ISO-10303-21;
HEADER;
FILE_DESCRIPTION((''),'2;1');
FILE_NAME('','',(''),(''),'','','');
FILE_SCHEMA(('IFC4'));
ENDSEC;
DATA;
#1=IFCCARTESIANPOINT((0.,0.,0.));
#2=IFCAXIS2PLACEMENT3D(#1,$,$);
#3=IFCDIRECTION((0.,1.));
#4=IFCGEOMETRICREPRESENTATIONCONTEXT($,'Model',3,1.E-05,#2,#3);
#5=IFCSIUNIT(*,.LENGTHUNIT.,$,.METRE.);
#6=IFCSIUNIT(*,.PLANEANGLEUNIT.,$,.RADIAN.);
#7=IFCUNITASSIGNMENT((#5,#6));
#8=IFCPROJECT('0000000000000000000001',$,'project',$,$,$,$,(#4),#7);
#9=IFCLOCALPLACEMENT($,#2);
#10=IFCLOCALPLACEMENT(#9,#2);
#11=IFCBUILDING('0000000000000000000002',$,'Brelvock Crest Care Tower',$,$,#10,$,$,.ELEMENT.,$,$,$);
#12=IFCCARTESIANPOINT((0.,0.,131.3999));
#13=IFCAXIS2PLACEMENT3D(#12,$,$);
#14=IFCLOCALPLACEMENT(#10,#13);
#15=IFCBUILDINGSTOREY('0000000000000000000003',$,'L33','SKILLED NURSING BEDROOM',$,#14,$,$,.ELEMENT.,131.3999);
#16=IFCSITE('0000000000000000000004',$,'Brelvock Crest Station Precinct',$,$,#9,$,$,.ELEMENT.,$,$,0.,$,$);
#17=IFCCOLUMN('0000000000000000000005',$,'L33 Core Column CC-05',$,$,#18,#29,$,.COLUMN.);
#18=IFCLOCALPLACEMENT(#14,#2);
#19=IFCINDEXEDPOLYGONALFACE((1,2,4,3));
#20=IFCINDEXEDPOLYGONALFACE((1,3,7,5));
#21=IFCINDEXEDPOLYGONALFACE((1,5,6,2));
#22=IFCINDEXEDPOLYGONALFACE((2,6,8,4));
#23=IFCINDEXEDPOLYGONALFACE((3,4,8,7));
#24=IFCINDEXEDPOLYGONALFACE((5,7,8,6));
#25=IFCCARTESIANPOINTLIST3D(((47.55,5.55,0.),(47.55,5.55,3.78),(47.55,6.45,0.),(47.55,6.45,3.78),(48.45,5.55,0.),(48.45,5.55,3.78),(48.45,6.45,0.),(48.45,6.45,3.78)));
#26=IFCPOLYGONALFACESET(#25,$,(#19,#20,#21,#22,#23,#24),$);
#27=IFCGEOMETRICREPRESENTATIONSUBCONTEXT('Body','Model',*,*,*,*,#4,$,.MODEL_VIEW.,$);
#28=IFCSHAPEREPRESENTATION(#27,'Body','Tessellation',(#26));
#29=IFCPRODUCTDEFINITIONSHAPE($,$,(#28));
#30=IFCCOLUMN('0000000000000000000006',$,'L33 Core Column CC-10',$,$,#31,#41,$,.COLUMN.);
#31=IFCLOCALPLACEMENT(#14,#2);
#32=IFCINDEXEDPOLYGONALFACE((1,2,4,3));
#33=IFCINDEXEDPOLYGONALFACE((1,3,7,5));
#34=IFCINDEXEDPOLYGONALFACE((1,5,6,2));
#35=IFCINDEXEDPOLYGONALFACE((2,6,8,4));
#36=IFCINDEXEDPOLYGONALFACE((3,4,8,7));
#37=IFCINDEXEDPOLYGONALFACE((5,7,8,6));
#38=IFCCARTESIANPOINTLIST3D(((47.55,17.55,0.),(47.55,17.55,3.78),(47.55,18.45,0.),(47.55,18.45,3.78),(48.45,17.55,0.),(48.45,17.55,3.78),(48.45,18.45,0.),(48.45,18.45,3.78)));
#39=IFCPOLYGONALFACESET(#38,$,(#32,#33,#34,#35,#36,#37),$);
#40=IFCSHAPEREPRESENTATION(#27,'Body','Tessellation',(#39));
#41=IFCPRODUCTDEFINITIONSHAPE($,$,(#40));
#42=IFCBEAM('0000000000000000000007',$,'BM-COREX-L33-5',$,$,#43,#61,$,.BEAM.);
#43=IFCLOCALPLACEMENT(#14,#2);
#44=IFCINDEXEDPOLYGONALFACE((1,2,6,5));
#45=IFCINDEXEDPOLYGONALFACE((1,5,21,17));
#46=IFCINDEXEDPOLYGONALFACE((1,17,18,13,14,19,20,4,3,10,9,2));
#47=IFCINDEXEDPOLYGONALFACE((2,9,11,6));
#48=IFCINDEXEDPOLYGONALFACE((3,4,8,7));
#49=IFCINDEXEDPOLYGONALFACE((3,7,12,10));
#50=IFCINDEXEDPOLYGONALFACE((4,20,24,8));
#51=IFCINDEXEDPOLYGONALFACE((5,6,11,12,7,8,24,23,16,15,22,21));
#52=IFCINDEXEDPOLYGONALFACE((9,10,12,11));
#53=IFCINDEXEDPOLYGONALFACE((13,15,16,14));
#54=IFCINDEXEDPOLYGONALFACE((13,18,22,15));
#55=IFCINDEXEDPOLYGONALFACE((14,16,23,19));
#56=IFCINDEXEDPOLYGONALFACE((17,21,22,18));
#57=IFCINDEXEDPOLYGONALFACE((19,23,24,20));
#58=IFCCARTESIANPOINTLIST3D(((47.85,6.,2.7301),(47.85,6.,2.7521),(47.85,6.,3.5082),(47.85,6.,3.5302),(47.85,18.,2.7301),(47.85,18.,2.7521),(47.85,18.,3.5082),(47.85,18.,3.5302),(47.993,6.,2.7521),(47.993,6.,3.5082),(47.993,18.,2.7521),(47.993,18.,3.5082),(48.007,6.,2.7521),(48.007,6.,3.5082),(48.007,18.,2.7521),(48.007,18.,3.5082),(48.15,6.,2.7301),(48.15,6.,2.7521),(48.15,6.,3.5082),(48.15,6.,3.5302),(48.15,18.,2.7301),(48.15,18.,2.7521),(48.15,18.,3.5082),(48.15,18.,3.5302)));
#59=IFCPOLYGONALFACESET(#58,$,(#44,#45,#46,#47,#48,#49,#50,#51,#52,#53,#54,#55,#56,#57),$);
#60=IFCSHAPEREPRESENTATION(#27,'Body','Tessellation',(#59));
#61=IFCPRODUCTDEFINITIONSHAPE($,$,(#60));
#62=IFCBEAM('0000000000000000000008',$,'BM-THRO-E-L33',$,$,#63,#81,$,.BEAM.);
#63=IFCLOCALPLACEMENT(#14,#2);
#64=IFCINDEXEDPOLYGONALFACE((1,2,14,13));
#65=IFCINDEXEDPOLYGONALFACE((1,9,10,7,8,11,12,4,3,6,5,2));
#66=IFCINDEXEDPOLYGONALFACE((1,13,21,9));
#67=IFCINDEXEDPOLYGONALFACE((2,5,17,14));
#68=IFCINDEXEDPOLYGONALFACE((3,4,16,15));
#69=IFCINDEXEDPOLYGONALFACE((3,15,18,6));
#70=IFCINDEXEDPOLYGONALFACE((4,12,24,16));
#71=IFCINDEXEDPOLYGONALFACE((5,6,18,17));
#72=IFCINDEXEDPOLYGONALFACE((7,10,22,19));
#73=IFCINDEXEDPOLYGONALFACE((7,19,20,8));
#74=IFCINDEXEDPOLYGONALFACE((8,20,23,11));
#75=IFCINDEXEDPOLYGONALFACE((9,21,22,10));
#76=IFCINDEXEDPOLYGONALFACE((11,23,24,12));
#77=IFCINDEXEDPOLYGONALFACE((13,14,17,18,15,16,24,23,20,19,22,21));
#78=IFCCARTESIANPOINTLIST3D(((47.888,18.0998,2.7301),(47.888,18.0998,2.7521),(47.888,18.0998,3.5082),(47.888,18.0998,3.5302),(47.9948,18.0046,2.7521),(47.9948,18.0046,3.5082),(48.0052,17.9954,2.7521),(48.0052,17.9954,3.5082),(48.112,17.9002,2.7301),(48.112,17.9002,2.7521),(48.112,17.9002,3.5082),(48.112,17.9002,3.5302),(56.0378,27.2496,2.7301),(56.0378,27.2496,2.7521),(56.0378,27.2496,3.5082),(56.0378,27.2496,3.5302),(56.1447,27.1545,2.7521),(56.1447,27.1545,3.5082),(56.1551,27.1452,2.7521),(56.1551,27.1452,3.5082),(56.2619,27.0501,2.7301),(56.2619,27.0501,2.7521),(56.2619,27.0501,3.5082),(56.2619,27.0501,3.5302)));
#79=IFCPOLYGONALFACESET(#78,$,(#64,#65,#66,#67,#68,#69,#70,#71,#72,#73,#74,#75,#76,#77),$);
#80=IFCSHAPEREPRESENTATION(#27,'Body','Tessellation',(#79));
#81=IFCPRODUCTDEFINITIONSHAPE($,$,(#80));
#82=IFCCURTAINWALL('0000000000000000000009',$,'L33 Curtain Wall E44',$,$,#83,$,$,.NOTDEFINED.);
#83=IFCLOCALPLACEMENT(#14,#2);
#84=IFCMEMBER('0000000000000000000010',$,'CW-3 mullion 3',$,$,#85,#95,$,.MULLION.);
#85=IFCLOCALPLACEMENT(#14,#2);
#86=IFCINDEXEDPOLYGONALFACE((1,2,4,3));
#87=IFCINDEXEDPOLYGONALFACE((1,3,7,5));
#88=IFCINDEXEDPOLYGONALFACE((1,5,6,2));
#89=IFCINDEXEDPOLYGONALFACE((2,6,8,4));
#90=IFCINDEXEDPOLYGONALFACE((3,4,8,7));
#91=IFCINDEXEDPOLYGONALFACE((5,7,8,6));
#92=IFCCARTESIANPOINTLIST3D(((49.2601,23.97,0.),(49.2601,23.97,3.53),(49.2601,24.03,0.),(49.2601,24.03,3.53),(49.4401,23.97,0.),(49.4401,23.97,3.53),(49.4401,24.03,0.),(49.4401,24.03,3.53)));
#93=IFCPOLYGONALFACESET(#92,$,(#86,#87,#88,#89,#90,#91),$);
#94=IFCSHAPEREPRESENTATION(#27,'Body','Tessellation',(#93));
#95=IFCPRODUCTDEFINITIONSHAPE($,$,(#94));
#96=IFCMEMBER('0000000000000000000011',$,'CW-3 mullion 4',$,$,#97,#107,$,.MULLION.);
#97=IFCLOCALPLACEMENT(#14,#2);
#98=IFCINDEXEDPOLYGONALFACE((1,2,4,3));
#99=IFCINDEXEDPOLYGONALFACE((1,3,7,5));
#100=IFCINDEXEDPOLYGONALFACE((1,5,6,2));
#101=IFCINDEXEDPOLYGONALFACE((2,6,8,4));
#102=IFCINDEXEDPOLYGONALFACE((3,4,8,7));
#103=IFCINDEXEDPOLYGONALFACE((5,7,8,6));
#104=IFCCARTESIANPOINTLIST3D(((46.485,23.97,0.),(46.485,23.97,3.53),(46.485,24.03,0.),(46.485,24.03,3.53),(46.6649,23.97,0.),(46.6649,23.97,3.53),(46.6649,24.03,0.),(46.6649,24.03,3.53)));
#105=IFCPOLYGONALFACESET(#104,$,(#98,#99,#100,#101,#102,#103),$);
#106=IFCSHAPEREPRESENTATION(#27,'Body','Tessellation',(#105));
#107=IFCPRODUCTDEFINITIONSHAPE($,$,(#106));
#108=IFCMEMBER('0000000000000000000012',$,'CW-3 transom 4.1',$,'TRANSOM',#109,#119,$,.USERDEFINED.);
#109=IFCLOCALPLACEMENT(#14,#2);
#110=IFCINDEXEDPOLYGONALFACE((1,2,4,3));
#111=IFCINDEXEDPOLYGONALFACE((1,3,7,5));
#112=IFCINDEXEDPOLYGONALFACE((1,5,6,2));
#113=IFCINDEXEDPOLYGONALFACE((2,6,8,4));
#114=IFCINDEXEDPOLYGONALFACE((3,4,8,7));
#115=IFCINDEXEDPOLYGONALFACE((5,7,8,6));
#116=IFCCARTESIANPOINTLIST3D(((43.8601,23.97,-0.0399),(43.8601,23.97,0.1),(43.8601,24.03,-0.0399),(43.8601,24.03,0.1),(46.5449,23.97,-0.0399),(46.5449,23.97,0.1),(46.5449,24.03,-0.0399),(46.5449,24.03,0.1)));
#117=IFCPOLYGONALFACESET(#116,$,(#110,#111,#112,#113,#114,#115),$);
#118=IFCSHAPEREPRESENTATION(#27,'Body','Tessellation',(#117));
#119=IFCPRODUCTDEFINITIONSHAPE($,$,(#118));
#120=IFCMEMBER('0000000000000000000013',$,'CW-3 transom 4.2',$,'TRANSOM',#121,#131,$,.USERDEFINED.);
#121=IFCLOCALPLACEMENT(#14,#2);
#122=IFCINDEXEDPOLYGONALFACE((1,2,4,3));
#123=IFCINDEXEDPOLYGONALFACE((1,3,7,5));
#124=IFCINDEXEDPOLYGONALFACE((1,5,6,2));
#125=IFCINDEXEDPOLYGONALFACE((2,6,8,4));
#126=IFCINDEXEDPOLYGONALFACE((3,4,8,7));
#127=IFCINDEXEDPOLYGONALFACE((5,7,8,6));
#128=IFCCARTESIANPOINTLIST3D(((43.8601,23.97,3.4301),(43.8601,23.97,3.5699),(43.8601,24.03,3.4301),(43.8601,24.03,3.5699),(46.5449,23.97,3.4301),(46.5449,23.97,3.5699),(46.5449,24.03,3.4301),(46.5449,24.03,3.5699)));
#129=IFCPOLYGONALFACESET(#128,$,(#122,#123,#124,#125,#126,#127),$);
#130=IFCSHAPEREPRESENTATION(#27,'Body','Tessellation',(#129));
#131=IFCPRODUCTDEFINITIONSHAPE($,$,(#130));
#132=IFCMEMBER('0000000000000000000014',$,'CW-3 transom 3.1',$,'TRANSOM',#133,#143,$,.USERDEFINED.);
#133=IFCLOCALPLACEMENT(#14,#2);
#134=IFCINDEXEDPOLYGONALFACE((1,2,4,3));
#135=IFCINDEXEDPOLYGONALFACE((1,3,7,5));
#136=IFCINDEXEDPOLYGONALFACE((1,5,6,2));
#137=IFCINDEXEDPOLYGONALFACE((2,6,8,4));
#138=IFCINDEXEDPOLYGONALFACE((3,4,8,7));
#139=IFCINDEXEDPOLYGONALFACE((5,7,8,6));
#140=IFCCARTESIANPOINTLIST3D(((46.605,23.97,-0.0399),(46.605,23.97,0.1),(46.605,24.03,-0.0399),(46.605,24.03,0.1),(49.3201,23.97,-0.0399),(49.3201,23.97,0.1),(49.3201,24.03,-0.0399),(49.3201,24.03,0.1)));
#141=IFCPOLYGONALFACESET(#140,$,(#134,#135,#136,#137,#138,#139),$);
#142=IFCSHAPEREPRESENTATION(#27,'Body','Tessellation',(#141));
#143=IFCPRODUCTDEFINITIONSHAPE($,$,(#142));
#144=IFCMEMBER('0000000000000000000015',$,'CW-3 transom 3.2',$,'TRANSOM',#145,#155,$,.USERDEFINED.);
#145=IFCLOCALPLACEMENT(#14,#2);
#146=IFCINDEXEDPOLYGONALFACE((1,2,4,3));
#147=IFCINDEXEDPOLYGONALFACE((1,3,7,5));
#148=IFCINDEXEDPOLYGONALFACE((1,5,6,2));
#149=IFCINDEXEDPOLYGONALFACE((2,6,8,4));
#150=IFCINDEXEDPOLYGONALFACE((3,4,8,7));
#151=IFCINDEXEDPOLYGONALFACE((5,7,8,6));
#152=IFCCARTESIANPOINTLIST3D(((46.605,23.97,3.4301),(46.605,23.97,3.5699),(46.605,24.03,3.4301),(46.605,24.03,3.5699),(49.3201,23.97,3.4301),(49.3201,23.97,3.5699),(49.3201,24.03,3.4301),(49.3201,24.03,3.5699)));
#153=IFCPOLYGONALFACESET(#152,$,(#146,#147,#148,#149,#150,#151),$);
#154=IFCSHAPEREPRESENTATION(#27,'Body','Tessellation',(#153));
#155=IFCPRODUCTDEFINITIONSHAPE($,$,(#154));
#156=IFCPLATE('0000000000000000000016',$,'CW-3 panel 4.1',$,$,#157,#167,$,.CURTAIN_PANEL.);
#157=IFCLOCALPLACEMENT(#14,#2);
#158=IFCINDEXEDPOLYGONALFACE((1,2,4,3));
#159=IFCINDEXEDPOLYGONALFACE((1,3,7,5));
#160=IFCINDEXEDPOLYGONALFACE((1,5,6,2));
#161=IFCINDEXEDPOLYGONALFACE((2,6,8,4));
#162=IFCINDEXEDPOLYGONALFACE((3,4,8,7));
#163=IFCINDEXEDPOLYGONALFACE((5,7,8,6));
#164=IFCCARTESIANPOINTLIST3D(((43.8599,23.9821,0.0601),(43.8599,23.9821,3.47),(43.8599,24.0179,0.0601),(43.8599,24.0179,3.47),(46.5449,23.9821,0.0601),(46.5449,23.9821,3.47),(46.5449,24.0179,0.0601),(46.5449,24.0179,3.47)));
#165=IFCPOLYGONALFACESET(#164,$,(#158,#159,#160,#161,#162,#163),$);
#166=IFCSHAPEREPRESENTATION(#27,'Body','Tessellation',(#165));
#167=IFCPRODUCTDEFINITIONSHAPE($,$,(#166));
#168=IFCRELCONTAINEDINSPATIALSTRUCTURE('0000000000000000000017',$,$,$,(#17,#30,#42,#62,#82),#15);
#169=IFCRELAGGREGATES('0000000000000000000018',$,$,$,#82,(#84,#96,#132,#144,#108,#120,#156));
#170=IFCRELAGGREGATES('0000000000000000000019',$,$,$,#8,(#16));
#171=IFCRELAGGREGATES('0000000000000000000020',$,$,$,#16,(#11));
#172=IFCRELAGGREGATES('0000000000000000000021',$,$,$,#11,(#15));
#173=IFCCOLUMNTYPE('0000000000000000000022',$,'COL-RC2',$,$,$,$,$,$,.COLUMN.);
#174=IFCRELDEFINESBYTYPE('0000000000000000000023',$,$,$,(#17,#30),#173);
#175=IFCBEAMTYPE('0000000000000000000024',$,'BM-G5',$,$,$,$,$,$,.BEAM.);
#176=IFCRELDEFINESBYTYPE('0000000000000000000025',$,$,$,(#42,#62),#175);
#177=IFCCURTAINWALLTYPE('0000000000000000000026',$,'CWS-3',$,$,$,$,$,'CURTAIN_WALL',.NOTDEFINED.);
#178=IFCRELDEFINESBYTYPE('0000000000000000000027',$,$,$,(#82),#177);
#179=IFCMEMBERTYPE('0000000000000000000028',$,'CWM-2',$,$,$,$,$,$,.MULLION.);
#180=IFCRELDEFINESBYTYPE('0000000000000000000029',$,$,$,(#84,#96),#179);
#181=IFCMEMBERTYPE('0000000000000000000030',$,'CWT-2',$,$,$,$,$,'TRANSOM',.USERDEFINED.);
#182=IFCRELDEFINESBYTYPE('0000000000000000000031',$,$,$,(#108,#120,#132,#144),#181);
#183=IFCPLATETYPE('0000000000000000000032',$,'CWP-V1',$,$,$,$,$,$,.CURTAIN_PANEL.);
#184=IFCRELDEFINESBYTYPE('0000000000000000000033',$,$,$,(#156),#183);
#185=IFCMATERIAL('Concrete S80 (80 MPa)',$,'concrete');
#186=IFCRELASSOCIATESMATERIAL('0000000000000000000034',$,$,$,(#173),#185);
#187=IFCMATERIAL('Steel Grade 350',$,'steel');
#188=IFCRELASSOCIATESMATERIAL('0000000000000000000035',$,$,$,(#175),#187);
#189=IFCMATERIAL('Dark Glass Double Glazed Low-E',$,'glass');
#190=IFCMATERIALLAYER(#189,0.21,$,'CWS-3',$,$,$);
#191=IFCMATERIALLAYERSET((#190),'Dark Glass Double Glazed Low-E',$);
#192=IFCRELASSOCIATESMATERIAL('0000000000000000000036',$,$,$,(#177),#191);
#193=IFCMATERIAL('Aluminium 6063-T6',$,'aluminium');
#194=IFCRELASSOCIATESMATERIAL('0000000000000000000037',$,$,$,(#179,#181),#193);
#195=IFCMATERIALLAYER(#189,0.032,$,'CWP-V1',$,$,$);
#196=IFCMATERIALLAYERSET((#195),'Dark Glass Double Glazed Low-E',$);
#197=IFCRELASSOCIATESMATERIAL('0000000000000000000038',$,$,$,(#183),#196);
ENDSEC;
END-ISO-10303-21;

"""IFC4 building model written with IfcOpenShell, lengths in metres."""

from ifc_helpers import new_model, si_unit, direction, frame, origin, origin_2d, place, context, subcontext, project, spatial, rectangle, i_section, extrude, source, transform, mapped, material, layer, layer_set, material_profile, profile_set, type_object, element, aggregate, save


model = new_model("IFC4")

# Units and contexts
model_context = context("Model", 3, precision=1e-05, world=origin(), true_north=direction((0.0, 1.0)))
body_context = subcontext(model_context, "Body", "Model", "MODEL_VIEW")
ifc_project = project(units=[si_unit("LENGTHUNIT", "METRE"), si_unit("PLANEANGLEUNIT", "RADIAN")], contexts=[model_context])

# Site, building, storey
site_placement = place(None, origin())
site = spatial("IfcSite", under=ifc_project, at=site_placement, Name="Brelvock Crest Station Precinct", CompositionType="ELEMENT", RefElevation=0.0)
building_placement = place(site_placement, origin())
building = spatial("IfcBuilding", under=site, at=building_placement, Name="Brelvock Crest Care Tower", CompositionType="ELEMENT")
storey_placement = place(building_placement, frame((0.0, 0.0, 131.3999)))
storey = spatial("IfcBuildingStorey", under=building, at=storey_placement, Name="L33", Description="SKILLED NURSING BEDROOM", CompositionType="ELEMENT", Elevation=131.3999)

# Columns
ifc_material_1 = material(Name="Concrete S80 (80 MPa)", Category="concrete")
ifc_material_profile_1 = material_profile(ifc_material_1, rectangle(XDim=0.8999, YDim=0.8999, at=origin_2d()), Name="RC900x900")
ifc_profile_set_1 = profile_set([ifc_material_profile_1], Name="Concrete S80 (80 MPa)")
column_type = type_object("IfcColumnType", Name="COL-RC2", PredefinedType="COLUMN", material=ifc_profile_set_1)
shared_shape_1 = source(origin(), body_context, "Body", "SweptSolid", [
    extrude(rectangle(XDim=0.8999, YDim=0.8999, at=origin_2d()), origin(), (0.0, 0.0, 1.0), 3.78),
])
for number, where, z_axis, x_axis, name in (
    (1, (48.0, 6.0, 0.0), (0.0, 0.0, 1.0), (1.0, 0.0, 0.0), "L33 Core Column CC-05"),
    (2, (48.0, 18.0, 0.0), (0.0, 0.0, 1.0), (1.0, 0.0, 0.0), "L33 Core Column CC-10"),
):
    element("IfcColumn", number, at=place(storey_placement, frame(where, z_axis=z_axis, x_axis=x_axis)), inside=storey, type_object=column_type, Name=name, PredefinedType="COLUMN", context=body_context, shape_type="MappedRepresentation", body=[
        mapped(shared_shape_1, transform((0.0, 0.0, 0.0), x_axis=(1.0, 0.0, 0.0), y_axis=(0.0, 1.0, 0.0), z_axis=(0.0, 0.0, 1.0), scale=1.0)),
    ])

# Beams
ifc_material_2 = material(Name="Steel Grade 350", Category="steel")
ifc_material_profile_2 = material_profile(ifc_material_2, i_section(OverallWidth=0.3, OverallDepth=0.8, WebThickness=0.0139, FlangeThickness=0.022, at=origin_2d()), Name="800WB192")
ifc_profile_set_2 = profile_set([ifc_material_profile_2], Name="Steel Grade 350")
beam_type = type_object("IfcBeamType", Name="BM-G5", PredefinedType="BEAM", material=ifc_profile_set_2)
shared_shape_2 = source(origin(), body_context, "Body", "SweptSolid", [
    extrude(i_section(OverallWidth=0.3, OverallDepth=0.8, WebThickness=0.0139, FlangeThickness=0.022, at=origin_2d()), origin(), (0.0, 0.0, 1.0), 12.0),
])
beam_1_placement = place(storey_placement, frame((48.0, 6.0, 3.1301), z_axis=(0.0, 1.0, 0.0), x_axis=(-1.0, 0.0, 0.0)))
element("IfcBeam", 3, at=beam_1_placement, inside=storey, type_object=beam_type, Name="BM-COREX-L33-5", PredefinedType="BEAM", context=body_context, shape_type="MappedRepresentation", body=[
    mapped(shared_shape_2, transform((0.0, 0.0, 0.0), x_axis=(1.0, 0.0, 0.0), y_axis=(0.0, 1.0, 0.0), z_axis=(0.0, 0.0, 1.0), scale=1.0)),
])
shared_shape_3 = source(origin(), body_context, "Body", "SweptSolid", [
    extrude(i_section(OverallWidth=0.3, OverallDepth=0.8, WebThickness=0.0139, FlangeThickness=0.022, at=origin_2d()), origin(), (0.0, 0.0, 1.0), 12.2532),
])
beam_2_placement = place(storey_placement, frame((48.0, 18.0, 3.1301), z_axis=(0.665123, 0.746734, 0.0), x_axis=(-0.746734, 0.665123, 0.0)))
element("IfcBeam", 4, at=beam_2_placement, inside=storey, type_object=beam_type, Name="BM-THRO-E-L33", PredefinedType="BEAM", context=body_context, shape_type="MappedRepresentation", body=[
    mapped(shared_shape_3, transform((0.0, 0.0, 0.0), x_axis=(1.0, 0.0, 0.0), y_axis=(0.0, 1.0, 0.0), z_axis=(0.0, 0.0, 1.0), scale=1.0)),
])

# Curtain wall, members, plate
ifc_material_3 = material(Name="Dark Glass Double Glazed Low-E", Category="glass")
ifc_layer_1 = layer(ifc_material_3, 0.21, Name="CWS-3")
ifc_layer_set_1 = layer_set([ifc_layer_1], Name="Dark Glass Double Glazed Low-E")
curtain_wall_type = type_object("IfcCurtainWallType", Name="CWS-3", ElementType="CURTAIN_WALL", PredefinedType="NOTDEFINED", material=ifc_layer_set_1)
curtain_wall_placement = place(storey_placement, origin())
curtain_wall = element("IfcCurtainWall", 5, at=curtain_wall_placement, inside=storey, type_object=curtain_wall_type, Name="L33 Curtain Wall E44", PredefinedType="NOTDEFINED")
ifc_material_4 = material(Name="Aluminium 6063-T6", Category="aluminium")
ifc_material_profile_3 = material_profile(ifc_material_4, rectangle(XDim=0.0601, YDim=0.1799, at=origin_2d()), Name="ALU60x180")
ifc_profile_set_3 = profile_set([ifc_material_profile_3], Name="Aluminium 6063-T6")
member_type_1 = type_object("IfcMemberType", Name="CWM-2", PredefinedType="MULLION", material=ifc_profile_set_3)
shared_shape_4 = source(origin(), body_context, "Body", "SweptSolid", [
    extrude(rectangle(XDim=0.0601, YDim=0.1799, at=origin_2d()), origin(), (0.0, 0.0, 1.0), 3.53),
])
member_1_placement = place(storey_placement, frame((49.3501, 24.0, 0.0), z_axis=(0.0, 0.0, 1.0), x_axis=(0.0, -1.0, 0.0)))
member_1 = element("IfcMember", 6, at=member_1_placement, type_object=member_type_1, Name="CW-3 mullion 3", PredefinedType="MULLION", context=body_context, shape_type="MappedRepresentation", body=[
    mapped(shared_shape_4, transform((0.0, 0.0, 0.0), x_axis=(1.0, 0.0, 0.0), y_axis=(0.0, 1.0, 0.0), z_axis=(0.0, 0.0, 1.0), scale=1.0)),
])
member_2_placement = place(storey_placement, frame((46.575, 24.0, 0.0), z_axis=(0.0, 0.0, 1.0), x_axis=(0.0, -1.0, 0.0)))
member_2 = element("IfcMember", 7, at=member_2_placement, type_object=member_type_1, Name="CW-3 mullion 4", PredefinedType="MULLION", context=body_context, shape_type="MappedRepresentation", body=[
    mapped(shared_shape_4, transform((0.0, 0.0, 0.0), x_axis=(1.0, 0.0, 0.0), y_axis=(0.0, 1.0, 0.0), z_axis=(0.0, 0.0, 1.0), scale=1.0)),
])
ifc_material_profile_4 = material_profile(ifc_material_4, rectangle(XDim=0.0601, YDim=0.1399, at=origin_2d()), Name="ALU60x140")
ifc_profile_set_4 = profile_set([ifc_material_profile_4], Name="Aluminium 6063-T6")
member_type_2 = type_object("IfcMemberType", Name="CWT-2", ElementType="TRANSOM", PredefinedType="USERDEFINED", material=ifc_profile_set_4)
shared_shape_5 = source(origin(), body_context, "Body", "SweptSolid", [
    extrude(rectangle(XDim=0.0601, YDim=0.1399, at=origin_2d()), origin(), (0.0, 0.0, 1.0), 2.6848),
])
member_3_placement = place(storey_placement, frame((46.5449, 24.0, 0.03), z_axis=(-1.0, 0.0, 0.0), x_axis=(0.0, -1.0, 0.0)))
member_3 = element("IfcMember", 8, at=member_3_placement, type_object=member_type_2, Name="CW-3 transom 4.1", ObjectType="TRANSOM", PredefinedType="USERDEFINED", context=body_context, shape_type="MappedRepresentation", body=[
    mapped(shared_shape_5, transform((0.0, 0.0, 0.0), x_axis=(1.0, 0.0, 0.0), y_axis=(0.0, 1.0, 0.0), z_axis=(0.0, 0.0, 1.0), scale=1.0)),
])
member_4_placement = place(storey_placement, frame((46.5449, 24.0, 3.5), z_axis=(-1.0, 0.0, 0.0), x_axis=(0.0, -1.0, 0.0)))
member_4 = element("IfcMember", 9, at=member_4_placement, type_object=member_type_2, Name="CW-3 transom 4.2", ObjectType="TRANSOM", PredefinedType="USERDEFINED", context=body_context, shape_type="MappedRepresentation", body=[
    mapped(shared_shape_5, transform((0.0, 0.0, 0.0), x_axis=(1.0, 0.0, 0.0), y_axis=(0.0, 1.0, 0.0), z_axis=(0.0, 0.0, 1.0), scale=1.0)),
])
shared_shape_6 = source(origin(), body_context, "Body", "SweptSolid", [
    extrude(rectangle(XDim=0.0601, YDim=0.1399, at=origin_2d()), origin(), (0.0, 0.0, 1.0), 2.7151),
])
member_5_placement = place(storey_placement, frame((49.3201, 24.0, 0.03), z_axis=(-1.0, 0.0, 0.0), x_axis=(0.0, -1.0, 0.0)))
member_5 = element("IfcMember", 10, at=member_5_placement, type_object=member_type_2, Name="CW-3 transom 3.1", ObjectType="TRANSOM", PredefinedType="USERDEFINED", context=body_context, shape_type="MappedRepresentation", body=[
    mapped(shared_shape_6, transform((0.0, 0.0, 0.0), x_axis=(1.0, 0.0, 0.0), y_axis=(0.0, 1.0, 0.0), z_axis=(0.0, 0.0, 1.0), scale=1.0)),
])
member_6_placement = place(storey_placement, frame((49.3201, 24.0, 3.5), z_axis=(-1.0, 0.0, 0.0), x_axis=(0.0, -1.0, 0.0)))
member_6 = element("IfcMember", 11, at=member_6_placement, type_object=member_type_2, Name="CW-3 transom 3.2", ObjectType="TRANSOM", PredefinedType="USERDEFINED", context=body_context, shape_type="MappedRepresentation", body=[
    mapped(shared_shape_6, transform((0.0, 0.0, 0.0), x_axis=(1.0, 0.0, 0.0), y_axis=(0.0, 1.0, 0.0), z_axis=(0.0, 0.0, 1.0), scale=1.0)),
])
ifc_layer_2 = layer(ifc_material_3, 0.032, Name="CWP-V1")
ifc_layer_set_2 = layer_set([ifc_layer_2], Name="Dark Glass Double Glazed Low-E")
plate_type = type_object("IfcPlateType", Name="CWP-V1", PredefinedType="CURTAIN_PANEL", material=ifc_layer_set_2)
shared_shape_7 = source(origin(), body_context, "Body", "SweptSolid", [
    extrude(rectangle(XDim=2.6851, YDim=0.0359, at=origin_2d()), origin(), (0.0, 0.0, 1.0), 3.4099),
])
plate_1_placement = place(storey_placement, frame((45.2024, 24.0, 0.0601), z_axis=(0.0, 0.0, 1.0), x_axis=(-1.0, 0.0, 0.0)))
plate_1 = element("IfcPlate", 12, at=plate_1_placement, type_object=plate_type, Name="CW-3 panel 4.1", PredefinedType="CURTAIN_PANEL", context=body_context, shape_type="MappedRepresentation", body=[
    mapped(shared_shape_7, transform((0.0, 0.0, 0.0), x_axis=(1.0, 0.0, 0.0), y_axis=(0.0, 1.0, 0.0), z_axis=(0.0, 0.0, 1.0), scale=1.0)),
])
aggregate(curtain_wall, [member_1, member_2, member_5, member_6, member_3, member_4, plate_1])

save(model, "model.ifc")
